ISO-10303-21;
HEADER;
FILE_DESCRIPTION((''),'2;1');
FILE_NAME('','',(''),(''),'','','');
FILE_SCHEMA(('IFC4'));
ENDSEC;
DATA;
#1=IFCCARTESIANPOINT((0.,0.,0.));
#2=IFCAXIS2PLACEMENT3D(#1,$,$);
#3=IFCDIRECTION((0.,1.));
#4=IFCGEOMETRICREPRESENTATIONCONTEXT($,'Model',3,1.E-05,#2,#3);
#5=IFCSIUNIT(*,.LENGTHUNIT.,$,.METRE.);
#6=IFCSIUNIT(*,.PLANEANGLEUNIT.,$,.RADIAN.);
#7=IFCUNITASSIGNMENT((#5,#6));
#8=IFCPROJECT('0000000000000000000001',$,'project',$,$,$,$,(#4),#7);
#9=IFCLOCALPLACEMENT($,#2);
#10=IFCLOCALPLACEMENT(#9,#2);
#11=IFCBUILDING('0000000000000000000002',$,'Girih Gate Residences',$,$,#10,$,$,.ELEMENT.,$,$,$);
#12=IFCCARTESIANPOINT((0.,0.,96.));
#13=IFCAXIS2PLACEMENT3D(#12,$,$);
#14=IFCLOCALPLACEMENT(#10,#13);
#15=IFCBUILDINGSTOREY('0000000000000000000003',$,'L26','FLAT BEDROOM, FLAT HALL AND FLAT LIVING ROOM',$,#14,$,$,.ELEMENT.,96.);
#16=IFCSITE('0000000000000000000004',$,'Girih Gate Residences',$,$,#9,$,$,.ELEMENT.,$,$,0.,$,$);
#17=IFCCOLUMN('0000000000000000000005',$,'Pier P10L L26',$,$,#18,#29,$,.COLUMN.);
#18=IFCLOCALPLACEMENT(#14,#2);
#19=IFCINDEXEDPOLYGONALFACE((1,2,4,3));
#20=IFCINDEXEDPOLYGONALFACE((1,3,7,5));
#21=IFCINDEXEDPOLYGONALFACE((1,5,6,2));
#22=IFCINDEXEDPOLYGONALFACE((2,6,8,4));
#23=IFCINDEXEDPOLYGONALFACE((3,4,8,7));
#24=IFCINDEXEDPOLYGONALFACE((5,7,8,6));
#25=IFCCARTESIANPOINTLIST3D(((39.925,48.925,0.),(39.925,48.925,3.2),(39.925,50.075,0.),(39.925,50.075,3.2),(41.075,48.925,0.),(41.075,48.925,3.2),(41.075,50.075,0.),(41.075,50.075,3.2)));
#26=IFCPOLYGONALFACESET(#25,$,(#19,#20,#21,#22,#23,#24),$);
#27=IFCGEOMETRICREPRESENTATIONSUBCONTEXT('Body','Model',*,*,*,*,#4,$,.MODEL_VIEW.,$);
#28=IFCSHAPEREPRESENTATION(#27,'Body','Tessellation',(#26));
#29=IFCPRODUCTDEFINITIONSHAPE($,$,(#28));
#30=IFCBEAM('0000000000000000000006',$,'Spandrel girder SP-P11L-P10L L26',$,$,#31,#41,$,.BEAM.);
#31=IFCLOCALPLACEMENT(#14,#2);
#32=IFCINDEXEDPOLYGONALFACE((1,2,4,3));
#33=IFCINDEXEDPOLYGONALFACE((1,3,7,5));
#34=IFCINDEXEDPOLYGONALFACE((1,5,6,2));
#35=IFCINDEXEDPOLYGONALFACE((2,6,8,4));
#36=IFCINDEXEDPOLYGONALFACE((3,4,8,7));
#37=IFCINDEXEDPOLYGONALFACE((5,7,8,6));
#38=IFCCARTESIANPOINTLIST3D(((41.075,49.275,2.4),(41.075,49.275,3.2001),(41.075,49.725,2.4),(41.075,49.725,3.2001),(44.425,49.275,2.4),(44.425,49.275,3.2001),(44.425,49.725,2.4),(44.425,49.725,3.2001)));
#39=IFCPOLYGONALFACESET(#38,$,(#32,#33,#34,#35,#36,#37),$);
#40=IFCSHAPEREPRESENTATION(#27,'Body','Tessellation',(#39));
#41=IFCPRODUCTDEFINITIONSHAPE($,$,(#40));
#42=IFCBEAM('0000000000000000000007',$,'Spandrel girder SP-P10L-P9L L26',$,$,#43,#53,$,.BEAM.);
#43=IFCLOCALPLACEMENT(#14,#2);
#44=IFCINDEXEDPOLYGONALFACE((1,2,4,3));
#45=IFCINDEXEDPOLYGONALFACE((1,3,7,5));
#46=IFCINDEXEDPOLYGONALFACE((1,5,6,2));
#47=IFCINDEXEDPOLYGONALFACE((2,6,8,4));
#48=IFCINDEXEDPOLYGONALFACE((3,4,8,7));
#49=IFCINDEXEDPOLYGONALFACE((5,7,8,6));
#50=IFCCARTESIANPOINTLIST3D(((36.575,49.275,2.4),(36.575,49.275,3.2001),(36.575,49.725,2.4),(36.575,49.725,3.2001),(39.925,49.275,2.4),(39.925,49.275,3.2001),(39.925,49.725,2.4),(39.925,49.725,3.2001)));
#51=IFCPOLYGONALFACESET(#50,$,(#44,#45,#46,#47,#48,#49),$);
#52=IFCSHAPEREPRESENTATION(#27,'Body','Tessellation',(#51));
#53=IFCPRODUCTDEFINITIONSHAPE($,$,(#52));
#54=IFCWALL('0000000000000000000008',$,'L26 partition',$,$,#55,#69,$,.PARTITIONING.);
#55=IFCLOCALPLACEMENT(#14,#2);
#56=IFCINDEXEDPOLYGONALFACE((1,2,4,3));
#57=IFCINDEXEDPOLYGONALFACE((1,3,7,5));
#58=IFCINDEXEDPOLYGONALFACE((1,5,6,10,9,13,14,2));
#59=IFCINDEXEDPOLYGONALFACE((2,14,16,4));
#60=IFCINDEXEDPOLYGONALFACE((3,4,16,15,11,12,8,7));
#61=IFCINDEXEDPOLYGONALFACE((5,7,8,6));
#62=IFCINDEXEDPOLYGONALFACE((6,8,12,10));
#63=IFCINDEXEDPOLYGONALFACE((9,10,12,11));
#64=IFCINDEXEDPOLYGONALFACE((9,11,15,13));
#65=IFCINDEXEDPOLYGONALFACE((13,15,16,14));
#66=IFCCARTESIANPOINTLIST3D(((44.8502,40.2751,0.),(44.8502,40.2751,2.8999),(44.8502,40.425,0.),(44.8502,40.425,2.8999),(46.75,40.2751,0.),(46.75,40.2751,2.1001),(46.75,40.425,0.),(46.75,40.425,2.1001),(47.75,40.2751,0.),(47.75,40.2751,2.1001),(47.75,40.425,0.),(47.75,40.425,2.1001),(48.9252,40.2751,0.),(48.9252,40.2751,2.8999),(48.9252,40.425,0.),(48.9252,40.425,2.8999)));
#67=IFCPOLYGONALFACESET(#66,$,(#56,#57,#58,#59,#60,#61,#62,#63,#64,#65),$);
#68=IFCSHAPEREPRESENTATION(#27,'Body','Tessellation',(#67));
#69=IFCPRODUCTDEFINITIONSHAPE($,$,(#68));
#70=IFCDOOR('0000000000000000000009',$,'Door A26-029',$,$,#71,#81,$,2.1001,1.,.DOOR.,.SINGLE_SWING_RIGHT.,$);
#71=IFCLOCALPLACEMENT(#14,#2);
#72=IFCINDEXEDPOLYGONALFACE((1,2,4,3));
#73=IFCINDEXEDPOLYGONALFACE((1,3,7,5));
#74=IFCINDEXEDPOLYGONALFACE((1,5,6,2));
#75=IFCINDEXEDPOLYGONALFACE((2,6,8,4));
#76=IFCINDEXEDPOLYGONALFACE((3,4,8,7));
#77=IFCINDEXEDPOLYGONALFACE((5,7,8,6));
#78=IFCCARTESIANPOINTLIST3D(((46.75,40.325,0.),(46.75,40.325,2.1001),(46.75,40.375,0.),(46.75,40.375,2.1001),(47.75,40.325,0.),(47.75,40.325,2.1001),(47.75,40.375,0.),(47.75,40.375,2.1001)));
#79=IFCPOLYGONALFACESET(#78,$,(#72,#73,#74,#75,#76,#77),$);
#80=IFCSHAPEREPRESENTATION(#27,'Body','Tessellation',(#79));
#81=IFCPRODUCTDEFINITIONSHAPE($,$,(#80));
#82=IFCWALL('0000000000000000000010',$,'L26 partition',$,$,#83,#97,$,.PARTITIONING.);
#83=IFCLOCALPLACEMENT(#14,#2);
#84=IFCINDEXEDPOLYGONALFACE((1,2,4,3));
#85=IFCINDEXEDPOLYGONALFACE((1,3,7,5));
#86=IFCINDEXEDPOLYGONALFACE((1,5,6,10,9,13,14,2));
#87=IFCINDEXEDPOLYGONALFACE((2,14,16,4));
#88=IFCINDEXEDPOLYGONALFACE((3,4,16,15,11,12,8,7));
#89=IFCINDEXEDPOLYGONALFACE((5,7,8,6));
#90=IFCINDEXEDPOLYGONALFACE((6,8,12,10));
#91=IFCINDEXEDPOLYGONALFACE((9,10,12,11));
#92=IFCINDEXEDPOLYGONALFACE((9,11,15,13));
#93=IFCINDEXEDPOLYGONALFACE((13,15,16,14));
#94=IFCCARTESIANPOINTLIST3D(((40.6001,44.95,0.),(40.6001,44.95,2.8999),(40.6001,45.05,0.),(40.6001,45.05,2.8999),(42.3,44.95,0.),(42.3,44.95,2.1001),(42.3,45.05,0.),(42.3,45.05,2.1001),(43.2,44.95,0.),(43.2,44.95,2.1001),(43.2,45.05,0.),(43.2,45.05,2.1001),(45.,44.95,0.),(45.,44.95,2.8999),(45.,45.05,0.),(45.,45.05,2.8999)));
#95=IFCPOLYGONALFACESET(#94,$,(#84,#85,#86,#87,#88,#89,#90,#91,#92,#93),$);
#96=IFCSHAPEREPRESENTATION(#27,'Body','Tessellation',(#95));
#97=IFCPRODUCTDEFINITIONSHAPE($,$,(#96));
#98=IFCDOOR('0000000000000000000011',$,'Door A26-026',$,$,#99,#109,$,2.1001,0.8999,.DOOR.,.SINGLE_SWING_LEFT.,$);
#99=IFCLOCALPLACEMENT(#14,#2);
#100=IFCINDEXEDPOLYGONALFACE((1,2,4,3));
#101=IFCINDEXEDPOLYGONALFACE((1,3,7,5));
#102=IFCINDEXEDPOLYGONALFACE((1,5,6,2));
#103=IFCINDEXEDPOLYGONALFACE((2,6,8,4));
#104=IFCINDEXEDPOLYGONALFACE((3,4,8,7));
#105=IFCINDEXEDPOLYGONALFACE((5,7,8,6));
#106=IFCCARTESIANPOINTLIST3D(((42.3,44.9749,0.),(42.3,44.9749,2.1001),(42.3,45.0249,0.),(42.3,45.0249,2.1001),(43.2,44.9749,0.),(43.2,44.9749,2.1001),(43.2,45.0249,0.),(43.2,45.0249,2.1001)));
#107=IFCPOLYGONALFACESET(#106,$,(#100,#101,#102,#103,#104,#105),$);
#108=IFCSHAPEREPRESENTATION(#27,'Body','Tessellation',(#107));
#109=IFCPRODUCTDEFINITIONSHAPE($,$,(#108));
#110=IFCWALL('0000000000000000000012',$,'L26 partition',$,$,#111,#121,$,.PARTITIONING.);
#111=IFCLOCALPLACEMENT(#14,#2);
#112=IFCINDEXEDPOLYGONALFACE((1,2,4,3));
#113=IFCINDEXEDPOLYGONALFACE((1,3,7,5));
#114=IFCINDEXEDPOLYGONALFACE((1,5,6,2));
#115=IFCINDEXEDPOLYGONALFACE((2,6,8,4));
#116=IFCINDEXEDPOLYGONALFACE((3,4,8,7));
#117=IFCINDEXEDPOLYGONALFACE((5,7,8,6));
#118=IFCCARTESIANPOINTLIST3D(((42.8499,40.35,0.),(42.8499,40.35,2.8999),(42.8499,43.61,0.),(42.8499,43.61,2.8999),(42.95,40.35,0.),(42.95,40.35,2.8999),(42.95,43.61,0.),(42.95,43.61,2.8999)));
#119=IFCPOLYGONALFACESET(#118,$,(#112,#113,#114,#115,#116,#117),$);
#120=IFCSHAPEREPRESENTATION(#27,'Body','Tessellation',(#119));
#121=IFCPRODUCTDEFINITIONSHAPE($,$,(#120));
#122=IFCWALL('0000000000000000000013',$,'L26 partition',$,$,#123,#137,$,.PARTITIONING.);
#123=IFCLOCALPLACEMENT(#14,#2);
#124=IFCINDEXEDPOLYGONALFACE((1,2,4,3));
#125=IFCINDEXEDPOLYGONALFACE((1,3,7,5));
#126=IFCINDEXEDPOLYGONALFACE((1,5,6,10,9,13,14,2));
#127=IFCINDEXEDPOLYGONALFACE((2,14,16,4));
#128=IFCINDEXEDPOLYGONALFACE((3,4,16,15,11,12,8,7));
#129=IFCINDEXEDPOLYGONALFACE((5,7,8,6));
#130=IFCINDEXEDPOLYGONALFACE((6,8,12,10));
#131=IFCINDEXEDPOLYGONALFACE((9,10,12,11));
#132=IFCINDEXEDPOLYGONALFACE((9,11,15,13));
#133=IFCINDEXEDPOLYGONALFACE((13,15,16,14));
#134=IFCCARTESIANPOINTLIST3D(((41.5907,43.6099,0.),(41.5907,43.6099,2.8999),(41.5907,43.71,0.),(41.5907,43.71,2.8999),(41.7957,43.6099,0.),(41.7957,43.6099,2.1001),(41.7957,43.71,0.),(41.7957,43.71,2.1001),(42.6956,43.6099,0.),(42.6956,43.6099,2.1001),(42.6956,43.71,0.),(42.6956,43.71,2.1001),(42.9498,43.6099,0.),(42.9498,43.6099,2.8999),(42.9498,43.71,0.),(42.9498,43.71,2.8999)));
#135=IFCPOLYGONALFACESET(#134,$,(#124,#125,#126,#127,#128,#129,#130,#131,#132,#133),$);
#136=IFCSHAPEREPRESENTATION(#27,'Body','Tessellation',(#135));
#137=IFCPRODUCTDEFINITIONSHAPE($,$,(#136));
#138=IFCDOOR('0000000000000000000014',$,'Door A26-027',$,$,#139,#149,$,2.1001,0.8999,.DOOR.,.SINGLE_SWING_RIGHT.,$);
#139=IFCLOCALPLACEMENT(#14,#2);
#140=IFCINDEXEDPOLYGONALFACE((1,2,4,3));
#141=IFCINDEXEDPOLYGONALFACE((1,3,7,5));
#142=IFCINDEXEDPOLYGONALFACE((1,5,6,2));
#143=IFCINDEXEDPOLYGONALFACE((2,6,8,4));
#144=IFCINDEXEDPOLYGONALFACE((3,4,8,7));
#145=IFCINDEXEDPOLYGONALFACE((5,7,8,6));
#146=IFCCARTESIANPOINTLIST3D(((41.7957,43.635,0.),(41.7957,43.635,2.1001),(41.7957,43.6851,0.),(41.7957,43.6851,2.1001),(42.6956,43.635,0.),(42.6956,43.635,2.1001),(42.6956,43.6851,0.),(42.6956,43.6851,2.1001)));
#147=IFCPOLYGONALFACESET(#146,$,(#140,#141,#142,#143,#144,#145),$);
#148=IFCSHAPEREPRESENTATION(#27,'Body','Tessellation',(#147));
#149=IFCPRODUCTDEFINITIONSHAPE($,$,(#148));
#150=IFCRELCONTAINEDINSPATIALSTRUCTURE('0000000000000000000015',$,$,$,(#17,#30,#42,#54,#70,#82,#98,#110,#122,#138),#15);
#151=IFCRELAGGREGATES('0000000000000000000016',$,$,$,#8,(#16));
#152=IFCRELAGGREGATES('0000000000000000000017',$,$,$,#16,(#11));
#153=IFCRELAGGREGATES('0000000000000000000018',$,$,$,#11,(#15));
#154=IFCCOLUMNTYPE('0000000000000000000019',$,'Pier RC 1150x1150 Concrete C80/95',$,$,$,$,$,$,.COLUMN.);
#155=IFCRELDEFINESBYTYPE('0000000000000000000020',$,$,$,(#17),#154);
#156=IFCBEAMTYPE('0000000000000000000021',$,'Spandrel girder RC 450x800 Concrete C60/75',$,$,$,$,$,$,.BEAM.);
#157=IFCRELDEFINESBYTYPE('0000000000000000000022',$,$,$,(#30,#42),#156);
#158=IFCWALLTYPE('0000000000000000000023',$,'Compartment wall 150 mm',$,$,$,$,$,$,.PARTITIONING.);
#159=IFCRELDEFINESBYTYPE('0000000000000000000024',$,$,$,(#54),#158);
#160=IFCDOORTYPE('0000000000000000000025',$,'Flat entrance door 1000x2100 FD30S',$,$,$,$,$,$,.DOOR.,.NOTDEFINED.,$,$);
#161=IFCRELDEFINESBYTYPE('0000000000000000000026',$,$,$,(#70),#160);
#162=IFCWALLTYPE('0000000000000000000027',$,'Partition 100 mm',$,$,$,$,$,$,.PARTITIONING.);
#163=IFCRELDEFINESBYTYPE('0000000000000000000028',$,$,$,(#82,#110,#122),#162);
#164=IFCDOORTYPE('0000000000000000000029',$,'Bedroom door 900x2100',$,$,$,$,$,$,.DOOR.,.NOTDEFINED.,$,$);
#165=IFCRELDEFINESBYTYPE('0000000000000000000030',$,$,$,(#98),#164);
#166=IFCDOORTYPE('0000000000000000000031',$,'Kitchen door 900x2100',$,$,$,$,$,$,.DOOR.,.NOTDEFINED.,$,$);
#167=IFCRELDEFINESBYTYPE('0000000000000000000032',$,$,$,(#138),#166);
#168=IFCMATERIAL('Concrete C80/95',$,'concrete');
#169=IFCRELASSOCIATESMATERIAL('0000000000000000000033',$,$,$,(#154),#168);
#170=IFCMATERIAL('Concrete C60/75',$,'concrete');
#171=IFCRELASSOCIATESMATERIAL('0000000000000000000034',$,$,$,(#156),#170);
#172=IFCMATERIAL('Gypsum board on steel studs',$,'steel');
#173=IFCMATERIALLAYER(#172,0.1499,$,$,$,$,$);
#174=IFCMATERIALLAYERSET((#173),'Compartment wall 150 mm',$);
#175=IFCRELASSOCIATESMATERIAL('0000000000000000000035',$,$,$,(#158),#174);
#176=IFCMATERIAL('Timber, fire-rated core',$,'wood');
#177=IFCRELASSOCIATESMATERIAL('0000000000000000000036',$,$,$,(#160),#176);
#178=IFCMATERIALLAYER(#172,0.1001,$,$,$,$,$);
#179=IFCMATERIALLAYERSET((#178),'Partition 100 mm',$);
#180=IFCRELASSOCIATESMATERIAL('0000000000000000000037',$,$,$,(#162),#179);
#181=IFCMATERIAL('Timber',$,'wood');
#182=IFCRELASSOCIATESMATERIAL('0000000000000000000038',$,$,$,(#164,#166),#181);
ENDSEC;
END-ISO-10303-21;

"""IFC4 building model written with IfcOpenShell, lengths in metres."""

from ifc_helpers import new_model, si_unit, direction, frame, frame_2d, origin, origin_2d, place, context, subcontext, project, spatial, rectangle, extrude, material, layer, layer_set, material_profile, profile_set, type_object, element, fill, save


model = new_model("IFC4")

# Units and contexts
model_context = context("Model", 3, precision=1e-05, world=origin(), true_north=direction((0.0, 1.0)))
body_context = subcontext(model_context, "Body", "Model", "MODEL_VIEW")
ifc_project = project(units=[si_unit("LENGTHUNIT", "METRE"), si_unit("PLANEANGLEUNIT", "RADIAN")], contexts=[model_context])

# Site, building, storey
site_placement = place(None, origin())
site = spatial("IfcSite", under=ifc_project, at=site_placement, Name="Girih Gate Residences", CompositionType="ELEMENT", RefElevation=0.0)
building_placement = place(site_placement, origin())
building = spatial("IfcBuilding", under=site, at=building_placement, Name="Girih Gate Residences", CompositionType="ELEMENT")
storey_placement = place(building_placement, frame((0.0, 0.0, 96.0)))
storey = spatial("IfcBuildingStorey", under=building, at=storey_placement, Name="L26", Description="FLAT BEDROOM, FLAT HALL AND FLAT LIVING ROOM", CompositionType="ELEMENT", Elevation=96.0)

# Column
ifc_material_1 = material(Name="Concrete C80/95", Category="concrete")
ifc_material_profile_1 = material_profile(ifc_material_1, rectangle(XDim=1.1499, YDim=1.1499, at=origin_2d()))
ifc_profile_set_1 = profile_set([ifc_material_profile_1], Name="Concrete C80/95")
column_type = type_object("IfcColumnType", Name="Pier RC 1150x1150 Concrete C80/95", PredefinedType="COLUMN", material=ifc_profile_set_1)
column_placement = place(storey_placement, frame((40.5, 49.5, 0.0), z_axis=(0.0, 0.0, 1.0), x_axis=(1.0, 0.0, 0.0)))
element("IfcColumn", 1, at=column_placement, inside=storey, type_object=column_type, Name="Pier P10L L26", PredefinedType="COLUMN", context=body_context, shape_type="SweptSolid", body=[
    extrude(rectangle(XDim=1.1499, YDim=1.1499, at=origin_2d()), origin(), (0.0, 0.0, 1.0), 3.2),
])

# Beams
ifc_material_2 = material(Name="Concrete C60/75", Category="concrete")
ifc_material_profile_2 = material_profile(ifc_material_2, rectangle(XDim=0.45, YDim=0.8, at=origin_2d()))
ifc_profile_set_2 = profile_set([ifc_material_profile_2], Name="Concrete C60/75")
beam_type = type_object("IfcBeamType", Name="Spandrel girder RC 450x800 Concrete C60/75", PredefinedType="BEAM", material=ifc_profile_set_2)
for number, where, z_axis, x_axis, name in (
    (2, (44.425, 49.5, 2.8), (-1.0, 0.0, 0.0), (0.0, -1.0, 0.0), "Spandrel girder SP-P11L-P10L L26"),
    (3, (39.925, 49.5, 2.8), (-1.0, 0.0, 0.0), (0.0, -1.0, 0.0), "Spandrel girder SP-P10L-P9L L26"),
):
    element("IfcBeam", number, at=place(storey_placement, frame(where, z_axis=z_axis, x_axis=x_axis)), inside=storey, type_object=beam_type, Name=name, PredefinedType="BEAM", context=body_context, shape_type="SweptSolid", body=[
        extrude(rectangle(XDim=0.45, YDim=0.8, at=origin_2d()), origin(), (0.0, 0.0, 1.0), 3.3501),
    ])

# Walls, openings, doors
ifc_material_3 = material(Name="Gypsum board on steel studs", Category="steel")
ifc_layer_1 = layer(ifc_material_3, 0.1499)
ifc_layer_set_1 = layer_set([ifc_layer_1], Name="Compartment wall 150 mm")
wall_type_1 = type_object("IfcWallType", Name="Compartment wall 150 mm", PredefinedType="PARTITIONING", material=ifc_layer_set_1)
wall_1_placement = place(storey_placement, frame((44.8501, 40.3501, 0.0), z_axis=(0.0, 0.0, 1.0), x_axis=(1.0, 0.0, 0.0)))
wall_1 = element("IfcWall", 4, at=wall_1_placement, inside=storey, type_object=wall_type_1, Name="L26 partition", PredefinedType="PARTITIONING", context=body_context, shape_type="SweptSolid", body=[
    extrude(rectangle(XDim=4.075, YDim=0.1499, at=frame_2d((2.0376, 0.0))), origin(), (0.0, 0.0, 1.0), 2.8999),
])
opening_1_placement = place(wall_1_placement, frame((1.8999, 0.0, 0.0)))
opening_1 = element("IfcOpeningElement", 5, at=opening_1_placement, cuts=wall_1, PredefinedType="OPENING", context=body_context, shape_type="SweptSolid", body=[
    extrude(rectangle(XDim=1.0, YDim=2.1001, at=frame_2d((0.5, 1.05))), frame((0.0, 0.085, 0.0), z_axis=(0.0, -1.0, 0.0), x_axis=(1.0, 0.0, 0.0)), (0.0, 0.0, 1.0), 0.1699),
])
ifc_material_4 = material(Name="Timber, fire-rated core", Category="wood")
door_type_1 = type_object("IfcDoorType", Name="Flat entrance door 1000x2100 FD30S", OperationType="NOTDEFINED", PredefinedType="DOOR", material=ifc_material_4)
door_1_placement = place(opening_1_placement, origin())
door_1 = element("IfcDoor", 6, at=door_1_placement, inside=storey, type_object=door_type_1, Name="Door A26-029", OperationType="SINGLE_SWING_RIGHT", OverallHeight=2.1001, OverallWidth=1.0, PredefinedType="DOOR", context=body_context, shape_type="SweptSolid", body=[
    extrude(rectangle(XDim=1.0, YDim=2.1001, at=frame_2d((0.5, 1.05))), frame((0.0, 0.0249, 0.0), z_axis=(0.0, -1.0, 0.0), x_axis=(1.0, 0.0, 0.0)), (0.0, 0.0, 1.0), 0.05),
])
fill(opening_1, door_1)
ifc_layer_2 = layer(ifc_material_3, 0.1001)
ifc_layer_set_2 = layer_set([ifc_layer_2], Name="Partition 100 mm")
wall_type_2 = type_object("IfcWallType", Name="Partition 100 mm", PredefinedType="PARTITIONING", material=ifc_layer_set_2)
wall_2_placement = place(storey_placement, frame((40.6001, 45.0, 0.0), z_axis=(0.0, 0.0, 1.0), x_axis=(1.0, 0.0, 0.0)))
wall_2 = element("IfcWall", 7, at=wall_2_placement, inside=storey, type_object=wall_type_2, Name="L26 partition", PredefinedType="PARTITIONING", context=body_context, shape_type="SweptSolid", body=[
    extrude(rectangle(XDim=4.3999, YDim=0.1001, at=frame_2d((2.2, 0.0))), origin(), (0.0, 0.0, 1.0), 2.8999),
])
opening_2_placement = place(wall_2_placement, frame((1.7, 0.0, 0.0)))
opening_2 = element("IfcOpeningElement", 8, at=opening_2_placement, cuts=wall_2, PredefinedType="OPENING", context=body_context, shape_type="SweptSolid", body=[
    extrude(rectangle(XDim=0.8999, YDim=2.1001, at=frame_2d((0.45, 1.05))), frame((0.0, 0.0601, 0.0), z_axis=(0.0, -1.0, 0.0), x_axis=(1.0, 0.0, 0.0)), (0.0, 0.0, 1.0), 0.1201),
])
ifc_material_5 = material(Name="Timber", Category="wood")
door_type_2 = type_object("IfcDoorType", Name="Bedroom door 900x2100", OperationType="NOTDEFINED", PredefinedType="DOOR", material=ifc_material_5)
door_2_placement = place(opening_2_placement, origin())
door_2 = element("IfcDoor", 9, at=door_2_placement, inside=storey, type_object=door_type_2, Name="Door A26-026", OperationType="SINGLE_SWING_LEFT", OverallHeight=2.1001, OverallWidth=0.8999, PredefinedType="DOOR", context=body_context, shape_type="SweptSolid", body=[
    extrude(rectangle(XDim=0.8999, YDim=2.1001, at=frame_2d((0.45, 1.05))), frame((0.0, 0.0249, 0.0), z_axis=(0.0, -1.0, 0.0), x_axis=(1.0, 0.0, 0.0)), (0.0, 0.0, 1.0), 0.05),
])
fill(opening_2, door_2)

# Wall
wall_3_placement = place(storey_placement, frame((42.8999, 40.3501, 0.0), z_axis=(0.0, 0.0, 1.0), x_axis=(0.0, 1.0, 0.0)))
element("IfcWall", 10, at=wall_3_placement, inside=storey, type_object=wall_type_2, Name="L26 partition", PredefinedType="PARTITIONING", context=body_context, shape_type="SweptSolid", body=[
    extrude(rectangle(XDim=3.26, YDim=0.1001, at=frame_2d((1.6299, 0.0))), origin(), (0.0, 0.0, 1.0), 2.8999),
])

# Wall, opening, door
wall_4_placement = place(storey_placement, frame((42.95, 43.6599, 0.0), z_axis=(0.0, 0.0, 1.0), x_axis=(-1.0, 0.0, 0.0)))
wall_4 = element("IfcWall", 11, at=wall_4_placement, inside=storey, type_object=wall_type_2, Name="L26 partition", PredefinedType="PARTITIONING", context=body_context, shape_type="SweptSolid", body=[
    extrude(rectangle(XDim=1.3591, YDim=0.1001, at=frame_2d((0.6797, 0.0))), origin(), (0.0, 0.0, 1.0), 2.8999),
])
opening_3_placement = place(wall_4_placement, frame((0.2544, 0.0, 0.0)))
opening_3 = element("IfcOpeningElement", 12, at=opening_3_placement, cuts=wall_4, PredefinedType="OPENING", context=body_context, shape_type="SweptSolid", body=[
    extrude(rectangle(XDim=0.8999, YDim=2.1001, at=frame_2d((0.45, 1.05))), frame((0.0, 0.0601, 0.0), z_axis=(0.0, -1.0, 0.0), x_axis=(1.0, 0.0, 0.0)), (0.0, 0.0, 1.0), 0.1201),
])
door_type_3 = type_object("IfcDoorType", Name="Kitchen door 900x2100", OperationType="NOTDEFINED", PredefinedType="DOOR", material=ifc_material_5)
door_3_placement = place(opening_3_placement, origin())
door_3 = element("IfcDoor", 13, at=door_3_placement, inside=storey, type_object=door_type_3, Name="Door A26-027", OperationType="SINGLE_SWING_RIGHT", OverallHeight=2.1001, OverallWidth=0.8999, PredefinedType="DOOR", context=body_context, shape_type="SweptSolid", body=[
    extrude(rectangle(XDim=0.8999, YDim=2.1001, at=frame_2d((0.45, 1.05))), frame((0.0, 0.0249, 0.0), z_axis=(0.0, -1.0, 0.0), x_axis=(1.0, 0.0, 0.0)), (0.0, 0.0, 1.0), 0.05),
])
fill(opening_3, door_3)

save(model, "model.ifc")
